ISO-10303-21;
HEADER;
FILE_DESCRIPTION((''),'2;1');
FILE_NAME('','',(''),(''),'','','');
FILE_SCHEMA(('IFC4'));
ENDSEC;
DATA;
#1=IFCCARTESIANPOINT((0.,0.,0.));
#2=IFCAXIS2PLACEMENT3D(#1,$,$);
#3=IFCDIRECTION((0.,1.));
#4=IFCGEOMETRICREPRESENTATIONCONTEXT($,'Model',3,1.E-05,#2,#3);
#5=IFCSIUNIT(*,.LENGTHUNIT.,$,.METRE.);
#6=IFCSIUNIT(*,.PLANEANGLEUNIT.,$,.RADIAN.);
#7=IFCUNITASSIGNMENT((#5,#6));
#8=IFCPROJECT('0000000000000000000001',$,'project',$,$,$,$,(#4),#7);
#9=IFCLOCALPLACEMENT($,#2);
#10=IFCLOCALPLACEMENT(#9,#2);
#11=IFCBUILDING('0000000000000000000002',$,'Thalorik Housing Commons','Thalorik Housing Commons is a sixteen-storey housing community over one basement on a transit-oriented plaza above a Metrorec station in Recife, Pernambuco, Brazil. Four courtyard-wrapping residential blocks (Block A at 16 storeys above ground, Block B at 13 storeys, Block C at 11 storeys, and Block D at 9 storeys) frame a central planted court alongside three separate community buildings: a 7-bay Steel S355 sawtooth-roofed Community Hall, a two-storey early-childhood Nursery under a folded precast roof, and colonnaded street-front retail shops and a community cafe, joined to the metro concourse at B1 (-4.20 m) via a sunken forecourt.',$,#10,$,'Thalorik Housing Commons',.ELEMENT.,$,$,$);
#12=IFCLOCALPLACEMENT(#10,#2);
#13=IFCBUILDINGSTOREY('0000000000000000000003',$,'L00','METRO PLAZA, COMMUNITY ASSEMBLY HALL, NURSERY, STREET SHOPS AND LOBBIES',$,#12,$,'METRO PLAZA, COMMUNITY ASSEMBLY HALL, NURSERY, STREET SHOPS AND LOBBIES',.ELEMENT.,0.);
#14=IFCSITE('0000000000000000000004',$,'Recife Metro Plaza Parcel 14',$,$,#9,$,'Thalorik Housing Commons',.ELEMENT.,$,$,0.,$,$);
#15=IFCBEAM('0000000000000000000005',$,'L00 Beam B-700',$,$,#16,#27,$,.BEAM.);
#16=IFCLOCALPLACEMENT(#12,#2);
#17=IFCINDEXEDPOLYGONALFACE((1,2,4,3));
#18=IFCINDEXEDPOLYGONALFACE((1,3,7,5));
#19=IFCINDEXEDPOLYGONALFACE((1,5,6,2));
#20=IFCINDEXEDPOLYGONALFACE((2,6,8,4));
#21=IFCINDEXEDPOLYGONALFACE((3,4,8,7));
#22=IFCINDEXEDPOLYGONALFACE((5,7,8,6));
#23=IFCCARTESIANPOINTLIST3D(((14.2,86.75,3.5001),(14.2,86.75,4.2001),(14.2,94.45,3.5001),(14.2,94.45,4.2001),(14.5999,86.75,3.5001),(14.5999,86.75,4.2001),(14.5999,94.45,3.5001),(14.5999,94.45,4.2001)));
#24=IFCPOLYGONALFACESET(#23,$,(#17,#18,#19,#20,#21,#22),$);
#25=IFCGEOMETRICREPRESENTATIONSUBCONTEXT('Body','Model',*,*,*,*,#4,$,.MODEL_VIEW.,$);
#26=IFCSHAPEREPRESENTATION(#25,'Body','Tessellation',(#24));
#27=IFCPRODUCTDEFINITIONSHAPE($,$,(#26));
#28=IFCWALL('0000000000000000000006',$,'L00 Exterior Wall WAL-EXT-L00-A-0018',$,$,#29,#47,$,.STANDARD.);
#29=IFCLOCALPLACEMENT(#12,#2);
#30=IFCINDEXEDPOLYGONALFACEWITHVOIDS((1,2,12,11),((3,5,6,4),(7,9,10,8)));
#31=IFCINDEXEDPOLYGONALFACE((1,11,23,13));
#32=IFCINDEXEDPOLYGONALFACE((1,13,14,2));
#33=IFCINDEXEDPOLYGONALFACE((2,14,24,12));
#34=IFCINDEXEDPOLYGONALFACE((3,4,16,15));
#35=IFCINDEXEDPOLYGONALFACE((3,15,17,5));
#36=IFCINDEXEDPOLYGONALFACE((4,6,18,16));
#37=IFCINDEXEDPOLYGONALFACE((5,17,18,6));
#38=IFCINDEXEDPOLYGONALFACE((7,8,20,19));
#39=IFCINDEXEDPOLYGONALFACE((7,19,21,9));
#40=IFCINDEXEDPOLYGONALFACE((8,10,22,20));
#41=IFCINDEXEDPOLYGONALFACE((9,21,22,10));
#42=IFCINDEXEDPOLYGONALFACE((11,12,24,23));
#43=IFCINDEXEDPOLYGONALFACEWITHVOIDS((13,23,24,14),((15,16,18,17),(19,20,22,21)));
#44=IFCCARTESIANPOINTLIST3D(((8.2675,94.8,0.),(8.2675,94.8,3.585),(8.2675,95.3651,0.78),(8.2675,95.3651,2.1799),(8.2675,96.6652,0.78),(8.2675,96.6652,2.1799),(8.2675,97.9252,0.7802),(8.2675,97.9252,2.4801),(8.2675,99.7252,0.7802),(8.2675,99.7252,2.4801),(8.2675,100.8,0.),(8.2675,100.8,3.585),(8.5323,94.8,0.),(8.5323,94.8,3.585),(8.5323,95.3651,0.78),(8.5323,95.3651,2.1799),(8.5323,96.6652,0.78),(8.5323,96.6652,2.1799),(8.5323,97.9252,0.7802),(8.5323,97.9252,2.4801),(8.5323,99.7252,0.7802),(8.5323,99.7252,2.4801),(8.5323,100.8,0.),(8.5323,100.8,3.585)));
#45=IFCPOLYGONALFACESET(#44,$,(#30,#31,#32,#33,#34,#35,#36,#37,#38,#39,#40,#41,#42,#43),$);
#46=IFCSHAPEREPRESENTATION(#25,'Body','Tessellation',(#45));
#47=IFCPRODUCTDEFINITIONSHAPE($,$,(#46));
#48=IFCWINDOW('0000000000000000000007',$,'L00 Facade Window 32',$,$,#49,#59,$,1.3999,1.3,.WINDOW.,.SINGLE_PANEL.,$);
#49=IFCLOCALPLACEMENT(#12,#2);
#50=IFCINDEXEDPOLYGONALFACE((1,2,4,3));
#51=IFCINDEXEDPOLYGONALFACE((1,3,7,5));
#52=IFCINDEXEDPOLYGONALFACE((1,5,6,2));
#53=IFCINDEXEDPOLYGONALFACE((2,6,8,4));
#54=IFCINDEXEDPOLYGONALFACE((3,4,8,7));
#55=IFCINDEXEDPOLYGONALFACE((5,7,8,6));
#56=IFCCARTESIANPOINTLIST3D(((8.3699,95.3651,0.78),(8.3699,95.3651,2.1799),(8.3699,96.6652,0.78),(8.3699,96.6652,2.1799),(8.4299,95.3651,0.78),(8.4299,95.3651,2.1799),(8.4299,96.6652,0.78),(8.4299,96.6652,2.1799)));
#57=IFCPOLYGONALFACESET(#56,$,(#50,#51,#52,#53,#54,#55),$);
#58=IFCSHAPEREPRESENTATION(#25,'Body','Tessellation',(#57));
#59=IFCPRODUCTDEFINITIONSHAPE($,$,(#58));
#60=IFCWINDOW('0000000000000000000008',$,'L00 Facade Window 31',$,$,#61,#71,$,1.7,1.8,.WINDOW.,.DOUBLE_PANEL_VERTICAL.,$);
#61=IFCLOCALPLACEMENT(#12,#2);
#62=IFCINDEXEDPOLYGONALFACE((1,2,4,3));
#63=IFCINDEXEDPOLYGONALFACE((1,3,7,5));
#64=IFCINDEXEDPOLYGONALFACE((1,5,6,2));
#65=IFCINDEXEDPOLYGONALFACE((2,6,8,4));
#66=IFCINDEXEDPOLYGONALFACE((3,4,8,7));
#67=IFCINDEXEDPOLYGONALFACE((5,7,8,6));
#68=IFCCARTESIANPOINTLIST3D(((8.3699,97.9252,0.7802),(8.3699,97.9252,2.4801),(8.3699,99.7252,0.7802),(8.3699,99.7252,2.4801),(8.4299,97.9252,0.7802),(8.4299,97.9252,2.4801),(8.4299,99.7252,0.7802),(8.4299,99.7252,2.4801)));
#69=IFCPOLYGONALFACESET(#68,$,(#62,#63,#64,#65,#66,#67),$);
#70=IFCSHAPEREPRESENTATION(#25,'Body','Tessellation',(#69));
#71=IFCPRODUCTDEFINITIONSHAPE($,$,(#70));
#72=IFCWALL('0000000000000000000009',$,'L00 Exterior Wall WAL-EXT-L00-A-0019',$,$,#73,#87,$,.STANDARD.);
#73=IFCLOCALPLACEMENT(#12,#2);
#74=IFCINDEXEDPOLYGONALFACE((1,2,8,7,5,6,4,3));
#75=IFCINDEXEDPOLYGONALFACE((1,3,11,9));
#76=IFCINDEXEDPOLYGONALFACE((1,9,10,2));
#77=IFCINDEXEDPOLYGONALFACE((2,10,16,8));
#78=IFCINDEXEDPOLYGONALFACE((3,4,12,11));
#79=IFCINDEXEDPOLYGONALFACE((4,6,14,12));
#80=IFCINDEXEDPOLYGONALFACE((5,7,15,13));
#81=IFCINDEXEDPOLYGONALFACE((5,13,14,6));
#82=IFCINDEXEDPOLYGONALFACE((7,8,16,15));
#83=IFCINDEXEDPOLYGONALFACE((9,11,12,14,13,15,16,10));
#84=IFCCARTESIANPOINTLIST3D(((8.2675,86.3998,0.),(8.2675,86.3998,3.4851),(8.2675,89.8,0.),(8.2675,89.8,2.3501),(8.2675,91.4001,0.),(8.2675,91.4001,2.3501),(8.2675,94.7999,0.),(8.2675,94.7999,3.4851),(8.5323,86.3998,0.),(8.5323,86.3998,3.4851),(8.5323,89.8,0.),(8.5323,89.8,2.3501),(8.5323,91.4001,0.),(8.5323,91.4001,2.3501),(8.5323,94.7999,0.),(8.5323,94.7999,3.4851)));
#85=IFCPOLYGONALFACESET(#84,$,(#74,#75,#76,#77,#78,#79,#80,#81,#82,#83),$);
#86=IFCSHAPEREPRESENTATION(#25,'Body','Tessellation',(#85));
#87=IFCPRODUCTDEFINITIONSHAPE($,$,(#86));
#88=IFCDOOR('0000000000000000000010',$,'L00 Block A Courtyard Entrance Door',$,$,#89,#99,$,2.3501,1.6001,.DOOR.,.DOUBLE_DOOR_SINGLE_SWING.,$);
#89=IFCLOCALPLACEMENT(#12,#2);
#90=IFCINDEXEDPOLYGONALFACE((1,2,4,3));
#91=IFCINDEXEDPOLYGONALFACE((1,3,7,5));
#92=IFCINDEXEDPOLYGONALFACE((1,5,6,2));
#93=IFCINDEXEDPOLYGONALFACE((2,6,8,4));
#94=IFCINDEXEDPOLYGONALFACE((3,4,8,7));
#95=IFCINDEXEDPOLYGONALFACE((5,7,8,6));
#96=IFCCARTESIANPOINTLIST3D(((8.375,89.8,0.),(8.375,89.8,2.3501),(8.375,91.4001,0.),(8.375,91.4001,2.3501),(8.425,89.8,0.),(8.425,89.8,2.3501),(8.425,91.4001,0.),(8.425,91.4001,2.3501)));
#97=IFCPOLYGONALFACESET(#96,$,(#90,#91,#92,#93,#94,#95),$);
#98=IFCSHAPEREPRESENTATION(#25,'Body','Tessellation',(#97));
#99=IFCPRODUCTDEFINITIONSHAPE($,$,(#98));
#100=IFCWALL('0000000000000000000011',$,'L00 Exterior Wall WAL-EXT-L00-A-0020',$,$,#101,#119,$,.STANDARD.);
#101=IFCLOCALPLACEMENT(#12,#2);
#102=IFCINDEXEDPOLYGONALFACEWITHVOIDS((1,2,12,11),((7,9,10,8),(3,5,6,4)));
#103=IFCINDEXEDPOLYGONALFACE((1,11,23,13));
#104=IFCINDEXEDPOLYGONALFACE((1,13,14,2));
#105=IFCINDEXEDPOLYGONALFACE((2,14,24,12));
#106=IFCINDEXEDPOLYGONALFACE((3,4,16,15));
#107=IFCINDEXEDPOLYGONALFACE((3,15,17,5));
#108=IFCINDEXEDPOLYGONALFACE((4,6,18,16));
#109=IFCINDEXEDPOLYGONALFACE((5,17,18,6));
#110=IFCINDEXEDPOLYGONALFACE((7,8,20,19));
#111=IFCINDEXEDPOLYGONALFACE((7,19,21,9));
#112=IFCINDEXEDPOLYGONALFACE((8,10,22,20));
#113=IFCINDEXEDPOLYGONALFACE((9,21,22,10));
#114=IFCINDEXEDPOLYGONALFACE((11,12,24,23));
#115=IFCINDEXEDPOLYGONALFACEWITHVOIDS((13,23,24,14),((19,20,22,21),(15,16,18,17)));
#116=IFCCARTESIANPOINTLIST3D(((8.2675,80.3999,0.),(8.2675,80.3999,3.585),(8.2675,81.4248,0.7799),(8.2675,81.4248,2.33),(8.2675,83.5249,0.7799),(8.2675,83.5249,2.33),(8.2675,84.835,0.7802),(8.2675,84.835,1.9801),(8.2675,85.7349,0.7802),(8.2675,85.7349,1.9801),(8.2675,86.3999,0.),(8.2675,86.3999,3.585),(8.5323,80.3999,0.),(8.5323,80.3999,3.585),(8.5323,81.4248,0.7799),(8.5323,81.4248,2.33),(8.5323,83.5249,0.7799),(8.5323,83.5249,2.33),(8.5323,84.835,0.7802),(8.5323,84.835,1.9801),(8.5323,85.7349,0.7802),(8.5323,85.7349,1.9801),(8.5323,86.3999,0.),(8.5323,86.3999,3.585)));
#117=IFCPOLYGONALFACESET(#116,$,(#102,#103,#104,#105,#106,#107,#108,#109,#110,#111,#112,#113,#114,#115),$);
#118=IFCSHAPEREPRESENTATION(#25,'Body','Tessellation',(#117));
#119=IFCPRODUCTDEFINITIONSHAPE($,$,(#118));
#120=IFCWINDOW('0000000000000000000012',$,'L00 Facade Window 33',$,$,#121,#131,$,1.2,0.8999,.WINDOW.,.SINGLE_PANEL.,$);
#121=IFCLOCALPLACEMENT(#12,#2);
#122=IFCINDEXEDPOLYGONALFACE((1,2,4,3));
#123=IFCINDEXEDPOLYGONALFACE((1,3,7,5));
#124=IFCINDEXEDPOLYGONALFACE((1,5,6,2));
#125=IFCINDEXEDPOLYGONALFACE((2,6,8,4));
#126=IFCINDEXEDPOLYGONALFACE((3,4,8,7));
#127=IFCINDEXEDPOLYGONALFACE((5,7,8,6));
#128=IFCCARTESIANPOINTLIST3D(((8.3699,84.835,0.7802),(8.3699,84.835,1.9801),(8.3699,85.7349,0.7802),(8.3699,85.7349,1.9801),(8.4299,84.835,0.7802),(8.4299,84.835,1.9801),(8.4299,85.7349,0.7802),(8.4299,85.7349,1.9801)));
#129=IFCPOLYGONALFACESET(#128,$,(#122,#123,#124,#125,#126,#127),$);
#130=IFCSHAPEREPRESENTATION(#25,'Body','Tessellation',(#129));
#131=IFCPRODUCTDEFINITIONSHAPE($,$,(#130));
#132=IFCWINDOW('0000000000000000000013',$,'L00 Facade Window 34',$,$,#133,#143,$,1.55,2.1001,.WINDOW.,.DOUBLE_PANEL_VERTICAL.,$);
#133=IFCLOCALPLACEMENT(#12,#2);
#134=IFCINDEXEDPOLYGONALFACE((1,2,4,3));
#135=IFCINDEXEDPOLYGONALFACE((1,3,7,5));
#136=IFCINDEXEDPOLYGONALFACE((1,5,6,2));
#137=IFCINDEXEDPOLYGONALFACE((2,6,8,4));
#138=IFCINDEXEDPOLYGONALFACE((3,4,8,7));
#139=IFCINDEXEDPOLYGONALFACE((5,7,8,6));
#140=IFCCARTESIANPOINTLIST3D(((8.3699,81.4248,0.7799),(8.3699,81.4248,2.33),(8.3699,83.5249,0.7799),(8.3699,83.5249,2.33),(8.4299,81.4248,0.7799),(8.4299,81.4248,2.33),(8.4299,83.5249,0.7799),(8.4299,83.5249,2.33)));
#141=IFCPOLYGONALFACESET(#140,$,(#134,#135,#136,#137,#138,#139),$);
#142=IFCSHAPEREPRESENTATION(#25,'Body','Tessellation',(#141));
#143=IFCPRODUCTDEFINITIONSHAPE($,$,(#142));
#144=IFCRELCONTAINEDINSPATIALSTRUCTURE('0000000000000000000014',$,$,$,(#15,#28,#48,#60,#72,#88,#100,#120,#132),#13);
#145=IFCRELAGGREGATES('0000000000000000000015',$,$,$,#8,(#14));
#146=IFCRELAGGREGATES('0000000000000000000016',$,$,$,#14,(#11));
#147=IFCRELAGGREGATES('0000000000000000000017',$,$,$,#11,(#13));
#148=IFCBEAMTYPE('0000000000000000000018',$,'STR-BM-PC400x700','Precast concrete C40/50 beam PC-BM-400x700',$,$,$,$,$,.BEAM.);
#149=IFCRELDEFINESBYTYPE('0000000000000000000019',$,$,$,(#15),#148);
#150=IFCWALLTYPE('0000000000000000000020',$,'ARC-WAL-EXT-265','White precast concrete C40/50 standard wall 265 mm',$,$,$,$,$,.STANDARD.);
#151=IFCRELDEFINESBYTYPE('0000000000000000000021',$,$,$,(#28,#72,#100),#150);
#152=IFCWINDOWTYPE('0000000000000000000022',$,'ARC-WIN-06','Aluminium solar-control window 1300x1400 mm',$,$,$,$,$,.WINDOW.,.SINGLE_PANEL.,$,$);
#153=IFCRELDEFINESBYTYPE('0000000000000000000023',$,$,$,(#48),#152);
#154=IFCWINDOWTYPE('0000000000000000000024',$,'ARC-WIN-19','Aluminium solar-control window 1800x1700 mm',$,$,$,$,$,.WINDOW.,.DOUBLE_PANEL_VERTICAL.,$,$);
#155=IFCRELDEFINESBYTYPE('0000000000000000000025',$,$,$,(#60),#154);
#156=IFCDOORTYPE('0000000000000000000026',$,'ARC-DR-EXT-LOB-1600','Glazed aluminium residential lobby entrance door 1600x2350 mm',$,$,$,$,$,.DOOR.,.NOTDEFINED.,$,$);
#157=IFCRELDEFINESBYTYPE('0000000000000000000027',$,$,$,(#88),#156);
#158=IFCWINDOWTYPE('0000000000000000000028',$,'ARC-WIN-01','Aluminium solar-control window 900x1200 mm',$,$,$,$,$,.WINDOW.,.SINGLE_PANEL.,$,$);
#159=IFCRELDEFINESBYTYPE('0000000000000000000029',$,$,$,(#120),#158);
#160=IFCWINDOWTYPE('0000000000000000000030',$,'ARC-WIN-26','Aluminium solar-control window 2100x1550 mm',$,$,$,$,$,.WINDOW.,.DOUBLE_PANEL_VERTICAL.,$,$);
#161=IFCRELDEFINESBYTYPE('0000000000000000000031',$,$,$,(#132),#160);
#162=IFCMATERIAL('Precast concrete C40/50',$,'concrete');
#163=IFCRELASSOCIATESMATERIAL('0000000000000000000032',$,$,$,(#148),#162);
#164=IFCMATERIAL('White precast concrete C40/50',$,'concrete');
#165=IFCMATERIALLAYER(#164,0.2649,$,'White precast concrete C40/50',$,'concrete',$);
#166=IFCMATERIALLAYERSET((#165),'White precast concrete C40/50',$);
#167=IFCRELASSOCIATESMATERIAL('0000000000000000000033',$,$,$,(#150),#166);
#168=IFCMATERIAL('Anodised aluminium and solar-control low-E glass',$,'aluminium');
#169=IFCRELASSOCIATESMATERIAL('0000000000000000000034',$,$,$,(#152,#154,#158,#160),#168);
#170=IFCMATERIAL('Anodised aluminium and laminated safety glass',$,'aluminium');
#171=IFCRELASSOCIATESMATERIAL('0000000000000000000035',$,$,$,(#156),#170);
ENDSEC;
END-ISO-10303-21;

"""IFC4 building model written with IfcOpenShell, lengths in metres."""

from ifc_helpers import new_model, si_unit, direction, frame, frame_2d, origin, origin_2d, place, context, subcontext, project, spatial, rectangle, extrude, material, layer, layer_set, material_profile, profile_set, type_object, element, fill, save


model = new_model("IFC4")

# Units and contexts
model_context = context("Model", 3, precision=1e-05, world=origin(), true_north=direction((0.0, 1.0)))
body_context = subcontext(model_context, "Body", "Model", "MODEL_VIEW")
ifc_project = project(units=[si_unit("LENGTHUNIT", "METRE"), si_unit("PLANEANGLEUNIT", "RADIAN")], contexts=[model_context])

# Site, building, storey
site_placement = place(None, origin())
site = spatial("IfcSite", under=ifc_project, at=site_placement, Name="Recife Metro Plaza Parcel 14", LongName="Thalorik Housing Commons", CompositionType="ELEMENT", RefElevation=0.0)
building_placement = place(site_placement, origin())
building = spatial("IfcBuilding", under=site, at=building_placement, Name="Thalorik Housing Commons", Description="Thalorik Housing Commons is a sixteen-storey housing community over one basement on a transit-oriented plaza above a Metrorec station in Recife, Pernambuco, Brazil. Four courtyard-wrapping residential blocks (Block A at 16 storeys above ground, Block B at 13 storeys, Block C at 11 storeys, and Block D at 9 storeys) frame a central planted court alongside three separate community buildings: a 7-bay Steel S355 sawtooth-roofed Community Hall, a two-storey early-childhood Nursery under a folded precast roof, and colonnaded street-front retail shops and a community cafe, joined to the metro concourse at B1 (-4.20 m) via a sunken forecourt.", LongName="Thalorik Housing Commons", CompositionType="ELEMENT")
storey_placement = place(building_placement, origin())
storey = spatial("IfcBuildingStorey", under=building, at=storey_placement, Name="L00", Description="METRO PLAZA, COMMUNITY ASSEMBLY HALL, NURSERY, STREET SHOPS AND LOBBIES", LongName="METRO PLAZA, COMMUNITY ASSEMBLY HALL, NURSERY, STREET SHOPS AND LOBBIES", CompositionType="ELEMENT", Elevation=0.0)

# Shared definitions
ifc_material_1 = material(Name="Precast concrete C40/50", Category="concrete")

# Beam
ifc_material_profile_1 = material_profile(ifc_material_1, rectangle(XDim=0.3999, YDim=0.7, at=origin_2d()), Name="PC 400x700", Category="concrete")
ifc_profile_set_1 = profile_set([ifc_material_profile_1], Name="Precast concrete C40/50")
beam_type_1 = type_object("IfcBeamType", Name="STR-BM-PC400x700", Description="Precast concrete C40/50 beam PC-BM-400x700", PredefinedType="BEAM", material=ifc_profile_set_1)
beam_1_placement = place(storey_placement, frame((14.3999, 86.75, 3.8501), z_axis=(0.0, 1.0, 0.0), x_axis=(-1.0, 0.0, 0.0)))
element("IfcBeam", 1, at=beam_1_placement, inside=storey, type_object=beam_type_1, Name="L00 Beam B-700", PredefinedType="BEAM", context=body_context, shape_type="SweptSolid", body=[
    extrude(rectangle(XDim=0.3999, YDim=0.7, at=origin_2d()), origin(), (0.0, 0.0, 1.0), 7.7),
])

# Wall, openings, windows
ifc_material_2 = material(Name="White precast concrete C40/50", Category="concrete")
ifc_layer_1 = layer(ifc_material_2, 0.2649, Name="White precast concrete C40/50", Category="concrete")
ifc_layer_set_1 = layer_set([ifc_layer_1], Name="White precast concrete C40/50")
wall_type_1 = type_object("IfcWallType", Name="ARC-WAL-EXT-265", Description="White precast concrete C40/50 standard wall 265 mm", PredefinedType="STANDARD", material=ifc_layer_set_1)
wall_1_placement = place(storey_placement, frame((8.3999, 100.8, 0.0), z_axis=(0.0, 0.0, 1.0), x_axis=(0.0, -1.0, 0.0)))
wall_1 = element("IfcWall", 2, at=wall_1_placement, inside=storey, type_object=wall_type_1, Name="L00 Exterior Wall WAL-EXT-L00-A-0018", PredefinedType="STANDARD", context=body_context, shape_type="SweptSolid", body=[
    extrude(rectangle(XDim=6.0, YDim=0.2649, at=frame_2d((3.0, 0.0))), origin(), (0.0, 0.0, 1.0), 3.585),
])
opening_1_placement = place(wall_1_placement, frame((1.075, 0.0, 0.78)))
opening_1 = element("IfcOpeningElement", 3, at=opening_1_placement, cuts=wall_1, PredefinedType="OPENING", context=body_context, shape_type="SweptSolid", body=[
    extrude(rectangle(XDim=1.8, YDim=1.7, at=frame_2d((0.8999, 0.8501))), frame((0.0, 0.1426, 0.0), z_axis=(0.0, -1.0, 0.0), x_axis=(1.0, 0.0, 0.0)), (0.0, 0.0, 1.0), 0.2849),
])
opening_2_placement = place(wall_1_placement, frame((4.135, 0.0, 0.78)))
opening_2 = element("IfcOpeningElement", 4, at=opening_2_placement, cuts=wall_1, PredefinedType="OPENING", context=body_context, shape_type="SweptSolid", body=[
    extrude(rectangle(XDim=1.3, YDim=1.3999, at=frame_2d((0.6499, 0.7))), frame((0.0, 0.1426, 0.0), z_axis=(0.0, -1.0, 0.0), x_axis=(1.0, 0.0, 0.0)), (0.0, 0.0, 1.0), 0.2849),
])
ifc_material_3 = material(Name="Anodised aluminium and solar-control low-E glass", Category="aluminium")
window_type_1 = type_object("IfcWindowType", Name="ARC-WIN-06", Description="Aluminium solar-control window 1300x1400 mm", PartitioningType="SINGLE_PANEL", PredefinedType="WINDOW", material=ifc_material_3)
window_1_placement = place(opening_2_placement, origin())
window_1 = element("IfcWindow", 5, at=window_1_placement, inside=storey, type_object=window_type_1, Name="L00 Facade Window 32", OverallHeight=1.3999, OverallWidth=1.3, PartitioningType="SINGLE_PANEL", PredefinedType="WINDOW", context=body_context, shape_type="SweptSolid", body=[
    extrude(rectangle(XDim=1.3, YDim=1.3999, at=frame_2d((0.6499, 0.7))), frame((0.0, 0.03, 0.0), z_axis=(0.0, -1.0, 0.0), x_axis=(1.0, 0.0, 0.0)), (0.0, 0.0, 1.0), 0.0601),
])
fill(opening_2, window_1)
window_type_2 = type_object("IfcWindowType", Name="ARC-WIN-19", Description="Aluminium solar-control window 1800x1700 mm", PartitioningType="DOUBLE_PANEL_VERTICAL", PredefinedType="WINDOW", material=ifc_material_3)
window_2_placement = place(opening_1_placement, origin())
window_2 = element("IfcWindow", 6, at=window_2_placement, inside=storey, type_object=window_type_2, Name="L00 Facade Window 31", OverallHeight=1.7, OverallWidth=1.8, PartitioningType="DOUBLE_PANEL_VERTICAL", PredefinedType="WINDOW", context=body_context, shape_type="SweptSolid", body=[
    extrude(rectangle(XDim=1.8, YDim=1.7, at=frame_2d((0.8999, 0.8501))), frame((0.0, 0.03, 0.0), z_axis=(0.0, -1.0, 0.0), x_axis=(1.0, 0.0, 0.0)), (0.0, 0.0, 1.0), 0.0601),
])
fill(opening_1, window_2)

# Wall, opening, door
wall_2_placement = place(storey_placement, frame((8.3999, 94.8, 0.0), z_axis=(0.0, 0.0, 1.0), x_axis=(0.0, -1.0, 0.0)))
wall_2 = element("IfcWall", 7, at=wall_2_placement, inside=storey, type_object=wall_type_1, Name="L00 Exterior Wall WAL-EXT-L00-A-0019", PredefinedType="STANDARD", context=body_context, shape_type="SweptSolid", body=[
    extrude(rectangle(XDim=8.4001, YDim=0.2649, at=frame_2d((4.2002, 0.0))), origin(), (0.0, 0.0, 1.0), 3.4851),
])
opening_3_placement = place(wall_2_placement, frame((3.3999, 0.0, 0.0)))
opening_3 = element("IfcOpeningElement", 8, at=opening_3_placement, cuts=wall_2, PredefinedType="OPENING", context=body_context, shape_type="SweptSolid", body=[
    extrude(rectangle(XDim=1.6001, YDim=2.3501, at=frame_2d((0.8, 1.175))), frame((0.0, 0.1426, 0.0), z_axis=(0.0, -1.0, 0.0), x_axis=(1.0, 0.0, 0.0)), (0.0, 0.0, 1.0), 0.2849),
])
ifc_material_4 = material(Name="Anodised aluminium and laminated safety glass", Category="aluminium")
door_type = type_object("IfcDoorType", Name="ARC-DR-EXT-LOB-1600", Description="Glazed aluminium residential lobby entrance door 1600x2350 mm", OperationType="NOTDEFINED", PredefinedType="DOOR", material=ifc_material_4)
door_placement = place(opening_3_placement, frame((1.6001, 0.0, 0.0), z_axis=(0.0, 0.0, 1.0), x_axis=(-1.0, 0.0, 0.0)))
door = element("IfcDoor", 9, at=door_placement, inside=storey, type_object=door_type, Name="L00 Block A Courtyard Entrance Door", OperationType="DOUBLE_DOOR_SINGLE_SWING", OverallHeight=2.3501, OverallWidth=1.6001, PredefinedType="DOOR", context=body_context, shape_type="SweptSolid", body=[
    extrude(rectangle(XDim=1.6001, YDim=2.3501, at=frame_2d((0.8, 1.175))), frame((0.0, 0.0249, 0.0), z_axis=(0.0, -1.0, 0.0), x_axis=(1.0, 0.0, 0.0)), (0.0, 0.0, 1.0), 0.05),
])
fill(opening_3, door)

# Wall, openings, windows
wall_3_placement = place(storey_placement, frame((8.3999, 86.3999, 0.0), z_axis=(0.0, 0.0, 1.0), x_axis=(0.0, -1.0, 0.0)))
wall_3 = element("IfcWall", 10, at=wall_3_placement, inside=storey, type_object=wall_type_1, Name="L00 Exterior Wall WAL-EXT-L00-A-0020", PredefinedType="STANDARD", context=body_context, shape_type="SweptSolid", body=[
    extrude(rectangle(XDim=6.0, YDim=0.2649, at=frame_2d((3.0, 0.0))), origin(), (0.0, 0.0, 1.0), 3.585),
])
opening_4_placement = place(wall_3_placement, frame((0.665, 0.0, 0.78)))
opening_4 = element("IfcOpeningElement", 11, at=opening_4_placement, cuts=wall_3, PredefinedType="OPENING", context=body_context, shape_type="SweptSolid", body=[
    extrude(rectangle(XDim=0.8999, YDim=1.2, at=frame_2d((0.45, 0.6001))), frame((0.0, 0.1426, 0.0), z_axis=(0.0, -1.0, 0.0), x_axis=(1.0, 0.0, 0.0)), (0.0, 0.0, 1.0), 0.2849),
])
opening_5_placement = place(wall_3_placement, frame((2.875, 0.0, 0.78)))
opening_5 = element("IfcOpeningElement", 12, at=opening_5_placement, cuts=wall_3, PredefinedType="OPENING", context=body_context, shape_type="SweptSolid", body=[
    extrude(rectangle(XDim=2.1001, YDim=1.55, at=frame_2d((1.05, 0.7749))), frame((0.0, 0.1426, 0.0), z_axis=(0.0, -1.0, 0.0), x_axis=(1.0, 0.0, 0.0)), (0.0, 0.0, 1.0), 0.2849),
])
window_type_3 = type_object("IfcWindowType", Name="ARC-WIN-01", Description="Aluminium solar-control window 900x1200 mm", PartitioningType="SINGLE_PANEL", PredefinedType="WINDOW", material=ifc_material_3)
window_3_placement = place(opening_4_placement, origin())
window_3 = element("IfcWindow", 13, at=window_3_placement, inside=storey, type_object=window_type_3, Name="L00 Facade Window 33", OverallHeight=1.2, OverallWidth=0.8999, PartitioningType="SINGLE_PANEL", PredefinedType="WINDOW", context=body_context, shape_type="SweptSolid", body=[
    extrude(rectangle(XDim=0.8999, YDim=1.2, at=frame_2d((0.45, 0.6001))), frame((0.0, 0.03, 0.0), z_axis=(0.0, -1.0, 0.0), x_axis=(1.0, 0.0, 0.0)), (0.0, 0.0, 1.0), 0.0601),
])
fill(opening_4, window_3)
window_type_4 = type_object("IfcWindowType", Name="ARC-WIN-26", Description="Aluminium solar-control window 2100x1550 mm", PartitioningType="DOUBLE_PANEL_VERTICAL", PredefinedType="WINDOW", material=ifc_material_3)
window_4_placement = place(opening_5_placement, origin())
window_4 = element("IfcWindow", 14, at=window_4_placement, inside=storey, type_object=window_type_4, Name="L00 Facade Window 34", OverallHeight=1.55, OverallWidth=2.1001, PartitioningType="DOUBLE_PANEL_VERTICAL", PredefinedType="WINDOW", context=body_context, shape_type="SweptSolid", body=[
    extrude(rectangle(XDim=2.1001, YDim=1.55, at=frame_2d((1.05, 0.7749))), frame((0.0, 0.03, 0.0), z_axis=(0.0, -1.0, 0.0), x_axis=(1.0, 0.0, 0.0)), (0.0, 0.0, 1.0), 0.0601),
])
fill(opening_5, window_4)

save(model, "model.ifc")
